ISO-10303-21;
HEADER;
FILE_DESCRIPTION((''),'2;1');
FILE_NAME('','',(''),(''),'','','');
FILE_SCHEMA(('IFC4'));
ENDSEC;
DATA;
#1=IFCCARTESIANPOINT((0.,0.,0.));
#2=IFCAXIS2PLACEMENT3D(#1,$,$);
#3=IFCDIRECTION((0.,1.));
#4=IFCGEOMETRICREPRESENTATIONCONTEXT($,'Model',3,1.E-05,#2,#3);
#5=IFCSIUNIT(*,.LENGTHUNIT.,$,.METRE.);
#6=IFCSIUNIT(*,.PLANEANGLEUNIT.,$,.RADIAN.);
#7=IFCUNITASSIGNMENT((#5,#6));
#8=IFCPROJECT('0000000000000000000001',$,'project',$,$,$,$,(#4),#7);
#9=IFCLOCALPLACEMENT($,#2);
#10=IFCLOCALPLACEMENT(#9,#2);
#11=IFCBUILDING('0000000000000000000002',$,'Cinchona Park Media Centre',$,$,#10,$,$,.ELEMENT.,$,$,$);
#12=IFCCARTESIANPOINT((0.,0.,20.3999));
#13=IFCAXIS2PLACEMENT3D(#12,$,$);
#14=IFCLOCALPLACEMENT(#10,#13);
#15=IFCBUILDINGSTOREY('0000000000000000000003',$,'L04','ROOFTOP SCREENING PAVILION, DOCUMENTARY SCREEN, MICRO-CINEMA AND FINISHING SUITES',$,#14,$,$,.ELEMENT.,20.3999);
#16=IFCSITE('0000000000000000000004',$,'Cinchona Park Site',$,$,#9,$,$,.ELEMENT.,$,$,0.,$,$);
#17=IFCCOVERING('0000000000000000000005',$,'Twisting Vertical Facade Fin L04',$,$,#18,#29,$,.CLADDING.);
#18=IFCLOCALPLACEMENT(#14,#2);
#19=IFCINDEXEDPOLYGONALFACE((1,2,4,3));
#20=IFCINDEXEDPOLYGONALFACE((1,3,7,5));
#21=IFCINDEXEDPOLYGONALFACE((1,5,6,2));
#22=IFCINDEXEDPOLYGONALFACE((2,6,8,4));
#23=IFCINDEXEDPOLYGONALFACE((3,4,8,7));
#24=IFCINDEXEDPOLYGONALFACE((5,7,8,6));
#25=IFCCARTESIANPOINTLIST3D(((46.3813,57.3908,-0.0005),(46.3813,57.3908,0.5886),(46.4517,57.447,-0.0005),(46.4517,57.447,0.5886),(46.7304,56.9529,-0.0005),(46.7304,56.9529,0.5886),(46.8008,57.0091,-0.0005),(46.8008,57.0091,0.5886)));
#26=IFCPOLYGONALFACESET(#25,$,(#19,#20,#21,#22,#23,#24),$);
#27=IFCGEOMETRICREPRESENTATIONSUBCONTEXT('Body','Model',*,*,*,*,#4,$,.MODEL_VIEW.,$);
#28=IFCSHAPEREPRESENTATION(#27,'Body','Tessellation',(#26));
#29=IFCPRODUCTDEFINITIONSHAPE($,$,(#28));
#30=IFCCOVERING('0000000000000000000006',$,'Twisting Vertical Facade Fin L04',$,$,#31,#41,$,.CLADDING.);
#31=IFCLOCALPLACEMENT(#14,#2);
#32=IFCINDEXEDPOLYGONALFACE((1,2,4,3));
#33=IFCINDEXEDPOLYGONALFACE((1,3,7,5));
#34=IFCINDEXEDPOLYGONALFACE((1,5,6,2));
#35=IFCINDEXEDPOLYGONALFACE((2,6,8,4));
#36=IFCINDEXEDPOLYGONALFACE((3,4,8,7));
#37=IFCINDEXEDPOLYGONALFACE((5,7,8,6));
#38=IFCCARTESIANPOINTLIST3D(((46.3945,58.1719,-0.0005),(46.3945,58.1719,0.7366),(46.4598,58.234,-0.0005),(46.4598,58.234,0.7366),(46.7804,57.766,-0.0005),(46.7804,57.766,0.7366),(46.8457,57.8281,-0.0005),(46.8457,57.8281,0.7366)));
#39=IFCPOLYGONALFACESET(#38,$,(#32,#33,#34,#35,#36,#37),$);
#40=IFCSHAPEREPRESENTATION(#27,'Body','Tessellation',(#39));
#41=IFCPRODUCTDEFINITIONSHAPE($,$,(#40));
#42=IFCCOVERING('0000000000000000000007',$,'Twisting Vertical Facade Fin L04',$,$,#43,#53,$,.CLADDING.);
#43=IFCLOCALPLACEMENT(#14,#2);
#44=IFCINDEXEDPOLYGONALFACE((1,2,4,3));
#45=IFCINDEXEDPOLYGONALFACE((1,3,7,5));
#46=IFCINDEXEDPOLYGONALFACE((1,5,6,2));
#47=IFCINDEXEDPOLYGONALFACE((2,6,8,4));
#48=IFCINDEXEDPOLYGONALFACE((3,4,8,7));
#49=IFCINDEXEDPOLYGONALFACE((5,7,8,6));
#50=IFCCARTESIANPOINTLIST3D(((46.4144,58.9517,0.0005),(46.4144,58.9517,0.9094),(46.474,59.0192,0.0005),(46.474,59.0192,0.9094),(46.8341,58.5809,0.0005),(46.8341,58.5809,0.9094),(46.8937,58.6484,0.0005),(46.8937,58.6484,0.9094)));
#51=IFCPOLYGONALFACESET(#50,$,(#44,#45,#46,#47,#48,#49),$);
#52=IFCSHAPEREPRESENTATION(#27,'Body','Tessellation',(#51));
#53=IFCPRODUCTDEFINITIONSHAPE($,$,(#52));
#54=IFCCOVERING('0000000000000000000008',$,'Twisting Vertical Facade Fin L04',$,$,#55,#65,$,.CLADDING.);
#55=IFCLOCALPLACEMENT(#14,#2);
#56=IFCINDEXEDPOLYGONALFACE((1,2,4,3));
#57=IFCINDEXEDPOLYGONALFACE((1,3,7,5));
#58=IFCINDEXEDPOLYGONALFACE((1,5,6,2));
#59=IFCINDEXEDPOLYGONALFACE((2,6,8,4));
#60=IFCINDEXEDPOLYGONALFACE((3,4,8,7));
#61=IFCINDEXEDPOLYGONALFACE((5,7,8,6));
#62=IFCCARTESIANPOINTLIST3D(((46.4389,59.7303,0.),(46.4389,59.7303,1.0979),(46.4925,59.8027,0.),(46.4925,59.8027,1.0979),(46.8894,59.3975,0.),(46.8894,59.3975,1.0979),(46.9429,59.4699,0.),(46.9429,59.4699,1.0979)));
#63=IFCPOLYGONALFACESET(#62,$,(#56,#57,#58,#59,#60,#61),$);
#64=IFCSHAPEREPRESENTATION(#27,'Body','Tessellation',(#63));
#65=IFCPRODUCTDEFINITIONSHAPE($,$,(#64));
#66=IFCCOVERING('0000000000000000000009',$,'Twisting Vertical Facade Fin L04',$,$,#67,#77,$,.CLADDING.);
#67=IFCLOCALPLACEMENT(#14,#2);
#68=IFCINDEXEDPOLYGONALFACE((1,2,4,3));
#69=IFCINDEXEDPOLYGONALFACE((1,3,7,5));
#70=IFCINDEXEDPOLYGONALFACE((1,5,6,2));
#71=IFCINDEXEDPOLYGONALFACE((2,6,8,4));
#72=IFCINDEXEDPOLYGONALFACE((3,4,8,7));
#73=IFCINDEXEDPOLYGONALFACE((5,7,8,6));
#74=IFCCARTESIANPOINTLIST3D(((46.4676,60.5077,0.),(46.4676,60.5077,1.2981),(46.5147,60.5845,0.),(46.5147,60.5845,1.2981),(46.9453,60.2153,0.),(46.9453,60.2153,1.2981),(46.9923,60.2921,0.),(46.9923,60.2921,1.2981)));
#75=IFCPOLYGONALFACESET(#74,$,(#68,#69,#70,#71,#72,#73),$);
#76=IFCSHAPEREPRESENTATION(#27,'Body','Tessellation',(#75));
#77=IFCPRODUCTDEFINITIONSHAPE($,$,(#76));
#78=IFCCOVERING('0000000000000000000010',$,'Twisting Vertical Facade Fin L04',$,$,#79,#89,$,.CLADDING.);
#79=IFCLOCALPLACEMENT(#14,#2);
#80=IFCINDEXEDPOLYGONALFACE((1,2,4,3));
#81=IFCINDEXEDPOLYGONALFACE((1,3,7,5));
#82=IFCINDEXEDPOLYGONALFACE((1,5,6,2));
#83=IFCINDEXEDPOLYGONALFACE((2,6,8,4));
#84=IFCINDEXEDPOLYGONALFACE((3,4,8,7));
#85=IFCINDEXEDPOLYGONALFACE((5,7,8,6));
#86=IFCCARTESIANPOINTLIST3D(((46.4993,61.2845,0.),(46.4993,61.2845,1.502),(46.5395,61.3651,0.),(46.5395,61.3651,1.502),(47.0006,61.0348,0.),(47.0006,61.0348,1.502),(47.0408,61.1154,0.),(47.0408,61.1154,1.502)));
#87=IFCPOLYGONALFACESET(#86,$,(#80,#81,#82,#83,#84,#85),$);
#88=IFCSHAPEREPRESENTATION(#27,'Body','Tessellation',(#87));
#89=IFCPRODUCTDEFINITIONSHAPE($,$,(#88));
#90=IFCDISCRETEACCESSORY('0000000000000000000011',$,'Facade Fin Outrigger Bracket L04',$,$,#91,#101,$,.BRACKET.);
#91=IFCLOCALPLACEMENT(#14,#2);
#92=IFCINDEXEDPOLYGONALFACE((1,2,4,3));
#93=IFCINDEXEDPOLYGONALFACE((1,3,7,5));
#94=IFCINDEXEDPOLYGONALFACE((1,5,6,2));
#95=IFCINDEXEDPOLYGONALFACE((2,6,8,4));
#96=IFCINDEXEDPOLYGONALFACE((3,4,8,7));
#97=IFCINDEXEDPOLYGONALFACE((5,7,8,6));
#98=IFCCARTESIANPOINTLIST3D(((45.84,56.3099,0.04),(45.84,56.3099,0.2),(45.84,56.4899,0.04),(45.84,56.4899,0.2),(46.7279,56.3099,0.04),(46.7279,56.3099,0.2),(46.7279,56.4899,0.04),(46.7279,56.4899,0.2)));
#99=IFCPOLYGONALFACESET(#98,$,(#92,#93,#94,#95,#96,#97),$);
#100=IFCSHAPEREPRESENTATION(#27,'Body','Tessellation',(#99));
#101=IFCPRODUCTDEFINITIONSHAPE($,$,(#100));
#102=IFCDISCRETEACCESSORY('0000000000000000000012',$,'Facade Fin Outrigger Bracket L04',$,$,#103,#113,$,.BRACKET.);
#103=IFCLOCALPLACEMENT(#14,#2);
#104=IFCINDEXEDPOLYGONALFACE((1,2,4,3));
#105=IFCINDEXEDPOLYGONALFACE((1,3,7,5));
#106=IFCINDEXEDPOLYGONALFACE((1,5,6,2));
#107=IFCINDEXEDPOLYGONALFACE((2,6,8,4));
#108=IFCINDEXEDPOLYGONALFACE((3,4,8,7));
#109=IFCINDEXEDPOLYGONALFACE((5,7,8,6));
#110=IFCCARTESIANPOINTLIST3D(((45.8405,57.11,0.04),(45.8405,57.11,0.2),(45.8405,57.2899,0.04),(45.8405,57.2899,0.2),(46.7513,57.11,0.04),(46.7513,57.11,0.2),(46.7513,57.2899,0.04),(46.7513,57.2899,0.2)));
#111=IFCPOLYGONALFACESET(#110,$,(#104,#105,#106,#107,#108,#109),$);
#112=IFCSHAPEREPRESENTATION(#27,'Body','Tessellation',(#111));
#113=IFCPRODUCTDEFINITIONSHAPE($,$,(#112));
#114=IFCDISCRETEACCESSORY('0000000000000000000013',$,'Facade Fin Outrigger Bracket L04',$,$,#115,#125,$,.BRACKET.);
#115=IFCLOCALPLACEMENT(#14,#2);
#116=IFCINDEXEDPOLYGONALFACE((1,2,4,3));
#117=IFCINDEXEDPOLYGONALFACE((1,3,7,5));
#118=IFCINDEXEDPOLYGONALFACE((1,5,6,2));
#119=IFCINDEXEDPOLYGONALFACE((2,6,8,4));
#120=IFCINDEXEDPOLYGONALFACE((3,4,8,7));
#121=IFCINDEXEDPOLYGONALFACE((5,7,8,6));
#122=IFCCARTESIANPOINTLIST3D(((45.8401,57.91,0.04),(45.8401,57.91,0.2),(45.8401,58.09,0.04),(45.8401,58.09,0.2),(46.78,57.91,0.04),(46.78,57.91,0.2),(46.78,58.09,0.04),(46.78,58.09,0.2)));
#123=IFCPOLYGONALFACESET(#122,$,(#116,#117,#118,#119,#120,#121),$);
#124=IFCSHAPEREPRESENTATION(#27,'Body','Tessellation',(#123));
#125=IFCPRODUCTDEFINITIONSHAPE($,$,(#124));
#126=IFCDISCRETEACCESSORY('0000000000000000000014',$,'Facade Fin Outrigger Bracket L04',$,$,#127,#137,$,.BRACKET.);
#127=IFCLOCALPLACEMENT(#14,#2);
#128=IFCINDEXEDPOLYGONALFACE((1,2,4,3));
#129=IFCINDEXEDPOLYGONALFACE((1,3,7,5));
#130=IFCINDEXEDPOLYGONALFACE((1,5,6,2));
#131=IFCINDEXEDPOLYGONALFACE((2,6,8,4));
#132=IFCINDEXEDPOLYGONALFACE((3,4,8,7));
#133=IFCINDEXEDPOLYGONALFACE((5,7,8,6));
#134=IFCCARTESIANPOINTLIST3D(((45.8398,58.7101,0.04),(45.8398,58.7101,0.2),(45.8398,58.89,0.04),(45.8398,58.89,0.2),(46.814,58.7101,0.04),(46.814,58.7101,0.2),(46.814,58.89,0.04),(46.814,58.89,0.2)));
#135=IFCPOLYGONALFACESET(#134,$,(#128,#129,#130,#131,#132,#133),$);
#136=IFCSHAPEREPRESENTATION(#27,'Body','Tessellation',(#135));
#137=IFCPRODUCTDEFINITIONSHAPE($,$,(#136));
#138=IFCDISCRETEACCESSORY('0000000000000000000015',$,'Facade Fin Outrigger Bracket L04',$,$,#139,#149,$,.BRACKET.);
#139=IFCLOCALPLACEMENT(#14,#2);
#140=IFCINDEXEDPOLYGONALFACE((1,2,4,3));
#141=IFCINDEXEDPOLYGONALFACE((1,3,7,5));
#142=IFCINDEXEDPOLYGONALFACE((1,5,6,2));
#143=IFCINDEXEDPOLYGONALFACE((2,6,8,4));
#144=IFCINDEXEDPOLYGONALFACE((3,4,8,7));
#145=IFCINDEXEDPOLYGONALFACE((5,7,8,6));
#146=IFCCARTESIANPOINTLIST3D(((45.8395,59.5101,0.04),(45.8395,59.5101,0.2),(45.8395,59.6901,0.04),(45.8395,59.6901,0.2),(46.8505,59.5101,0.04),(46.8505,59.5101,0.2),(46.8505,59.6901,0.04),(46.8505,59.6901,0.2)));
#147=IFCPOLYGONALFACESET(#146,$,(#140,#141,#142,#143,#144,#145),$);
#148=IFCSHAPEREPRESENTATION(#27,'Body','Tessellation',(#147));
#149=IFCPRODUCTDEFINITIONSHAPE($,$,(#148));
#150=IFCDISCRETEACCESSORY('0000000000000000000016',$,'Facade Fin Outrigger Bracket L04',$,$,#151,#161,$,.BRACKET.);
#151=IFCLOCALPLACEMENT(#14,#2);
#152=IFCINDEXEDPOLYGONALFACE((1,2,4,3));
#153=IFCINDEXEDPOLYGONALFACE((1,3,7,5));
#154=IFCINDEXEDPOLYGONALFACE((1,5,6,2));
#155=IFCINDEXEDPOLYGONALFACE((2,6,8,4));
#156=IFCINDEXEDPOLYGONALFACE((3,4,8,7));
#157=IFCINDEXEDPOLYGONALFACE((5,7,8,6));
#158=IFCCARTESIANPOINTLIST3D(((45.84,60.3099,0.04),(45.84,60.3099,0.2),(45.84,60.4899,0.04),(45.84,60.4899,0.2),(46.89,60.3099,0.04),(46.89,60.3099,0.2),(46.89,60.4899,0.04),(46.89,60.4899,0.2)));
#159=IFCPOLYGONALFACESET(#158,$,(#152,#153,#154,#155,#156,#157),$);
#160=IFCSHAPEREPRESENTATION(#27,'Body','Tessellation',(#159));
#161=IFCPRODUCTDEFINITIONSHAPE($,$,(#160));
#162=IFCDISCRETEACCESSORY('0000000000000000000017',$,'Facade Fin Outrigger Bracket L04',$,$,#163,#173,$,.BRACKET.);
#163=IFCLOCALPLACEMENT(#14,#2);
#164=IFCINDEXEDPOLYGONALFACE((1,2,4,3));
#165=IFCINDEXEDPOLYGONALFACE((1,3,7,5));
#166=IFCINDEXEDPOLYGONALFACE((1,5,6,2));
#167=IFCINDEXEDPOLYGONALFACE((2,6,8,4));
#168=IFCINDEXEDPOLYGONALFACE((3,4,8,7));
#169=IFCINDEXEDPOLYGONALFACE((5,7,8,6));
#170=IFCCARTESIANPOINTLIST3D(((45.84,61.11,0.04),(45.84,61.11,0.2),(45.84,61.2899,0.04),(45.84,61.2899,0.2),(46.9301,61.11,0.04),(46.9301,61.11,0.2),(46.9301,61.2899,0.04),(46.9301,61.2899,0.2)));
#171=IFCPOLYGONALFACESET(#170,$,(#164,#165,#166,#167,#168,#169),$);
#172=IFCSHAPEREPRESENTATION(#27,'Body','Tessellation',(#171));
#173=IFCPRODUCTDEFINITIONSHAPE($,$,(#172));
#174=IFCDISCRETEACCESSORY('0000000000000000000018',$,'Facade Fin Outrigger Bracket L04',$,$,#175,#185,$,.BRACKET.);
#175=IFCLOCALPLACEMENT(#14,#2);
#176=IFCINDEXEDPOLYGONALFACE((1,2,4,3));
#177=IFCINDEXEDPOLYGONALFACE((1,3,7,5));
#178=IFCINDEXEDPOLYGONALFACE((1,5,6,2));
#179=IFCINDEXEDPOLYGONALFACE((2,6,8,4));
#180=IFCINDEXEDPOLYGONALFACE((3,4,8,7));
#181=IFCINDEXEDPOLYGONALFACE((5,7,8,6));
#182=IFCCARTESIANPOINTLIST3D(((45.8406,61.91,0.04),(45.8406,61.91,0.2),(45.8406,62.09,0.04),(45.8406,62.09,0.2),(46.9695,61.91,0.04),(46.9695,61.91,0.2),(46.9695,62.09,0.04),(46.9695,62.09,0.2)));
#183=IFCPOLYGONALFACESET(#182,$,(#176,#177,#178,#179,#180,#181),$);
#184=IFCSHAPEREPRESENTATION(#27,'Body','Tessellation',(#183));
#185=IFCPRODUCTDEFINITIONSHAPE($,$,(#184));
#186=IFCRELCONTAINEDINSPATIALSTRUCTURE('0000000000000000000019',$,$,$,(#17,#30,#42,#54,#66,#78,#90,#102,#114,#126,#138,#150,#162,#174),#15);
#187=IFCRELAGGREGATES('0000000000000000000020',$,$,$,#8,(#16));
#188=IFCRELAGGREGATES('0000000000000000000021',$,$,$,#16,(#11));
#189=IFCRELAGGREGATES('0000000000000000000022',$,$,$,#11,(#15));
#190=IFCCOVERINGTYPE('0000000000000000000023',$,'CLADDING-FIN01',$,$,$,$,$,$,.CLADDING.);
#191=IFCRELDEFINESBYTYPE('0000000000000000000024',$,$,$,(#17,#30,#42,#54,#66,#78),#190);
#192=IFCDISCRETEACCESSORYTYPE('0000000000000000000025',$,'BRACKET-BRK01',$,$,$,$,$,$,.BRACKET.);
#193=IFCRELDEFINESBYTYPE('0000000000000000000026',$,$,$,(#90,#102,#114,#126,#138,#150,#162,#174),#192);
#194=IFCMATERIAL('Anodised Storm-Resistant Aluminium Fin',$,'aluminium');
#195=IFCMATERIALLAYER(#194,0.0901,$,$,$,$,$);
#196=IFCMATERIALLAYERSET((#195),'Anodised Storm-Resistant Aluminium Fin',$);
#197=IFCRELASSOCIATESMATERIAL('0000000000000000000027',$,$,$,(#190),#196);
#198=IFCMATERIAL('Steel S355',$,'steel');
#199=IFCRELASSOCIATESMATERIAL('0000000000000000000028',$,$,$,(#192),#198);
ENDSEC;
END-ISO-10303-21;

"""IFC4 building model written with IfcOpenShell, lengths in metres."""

from ifc_helpers import new_model, si_unit, direction, frame, origin, origin_2d, place, context, subcontext, project, spatial, rectangle, extrude, material, layer, layer_set, type_object, element, save


model = new_model("IFC4")

# Units and contexts
model_context = context("Model", 3, precision=1e-05, world=origin(), true_north=direction((0.0, 1.0)))
body_context = subcontext(model_context, "Body", "Model", "MODEL_VIEW")
ifc_project = project(units=[si_unit("LENGTHUNIT", "METRE"), si_unit("PLANEANGLEUNIT", "RADIAN")], contexts=[model_context])

# Site, building, storey
site_placement = place(None, origin())
site = spatial("IfcSite", under=ifc_project, at=site_placement, Name="Cinchona Park Site", CompositionType="ELEMENT", RefElevation=0.0)
building_placement = place(site_placement, origin())
building = spatial("IfcBuilding", under=site, at=building_placement, Name="Cinchona Park Media Centre", CompositionType="ELEMENT")
storey_placement = place(building_placement, frame((0.0, 0.0, 20.3999)))
storey = spatial("IfcBuildingStorey", under=building, at=storey_placement, Name="L04", Description="ROOFTOP SCREENING PAVILION, DOCUMENTARY SCREEN, MICRO-CINEMA AND FINISHING SUITES", CompositionType="ELEMENT", Elevation=20.3999)

# Coverings
ifc_material_1 = material(Name="Anodised Storm-Resistant Aluminium Fin", Category="aluminium")
ifc_layer_1 = layer(ifc_material_1, 0.0901)
ifc_layer_set_1 = layer_set([ifc_layer_1], Name="Anodised Storm-Resistant Aluminium Fin")
covering_type = type_object("IfcCoveringType", Name="CLADDING-FIN01", PredefinedType="CLADDING", material=ifc_layer_set_1)
covering_1_placement = place(storey_placement, frame((46.5911, 57.2, -0.0005), z_axis=(0.0, 0.0, 1.0), x_axis=(-0.623334, 0.781956, 0.0)))
element("IfcCovering", 1, at=covering_1_placement, inside=storey, type_object=covering_type, Name="Twisting Vertical Facade Fin L04", PredefinedType="CLADDING", context=body_context, shape_type="SweptSolid", body=[
    extrude(rectangle(XDim=0.5601, YDim=0.0901, at=origin_2d()), origin(), (0.0, 0.0, 1.0), 0.5891),
])
covering_2_placement = place(storey_placement, frame((46.6201, 58.0, -0.0005), z_axis=(0.0, 0.0, 1.0), x_axis=(-0.688987, 0.724773, 0.0)))
element("IfcCovering", 2, at=covering_2_placement, inside=storey, type_object=covering_type, Name="Twisting Vertical Facade Fin L04", PredefinedType="CLADDING", context=body_context, shape_type="SweptSolid", body=[
    extrude(rectangle(XDim=0.5601, YDim=0.0901, at=origin_2d()), origin(), (0.0, 0.0, 1.0), 0.7371),
])
covering_3_placement = place(storey_placement, frame((46.6541, 58.8, 0.0005), z_axis=(0.0, 0.0, 1.0), x_axis=(-0.749418, 0.662097, 0.0)))
element("IfcCovering", 3, at=covering_3_placement, inside=storey, type_object=covering_type, Name="Twisting Vertical Facade Fin L04", PredefinedType="CLADDING", context=body_context, shape_type="SweptSolid", body=[
    extrude(rectangle(XDim=0.5601, YDim=0.0901, at=origin_2d()), origin(), (0.0, 0.0, 1.0), 0.9089),
])
covering_4_placement = place(storey_placement, frame((46.6909, 59.6001, 0.0), z_axis=(0.0, 0.0, 1.0), x_axis=(-0.804272, 0.594261, 0.0)))
element("IfcCovering", 4, at=covering_4_placement, inside=storey, type_object=covering_type, Name="Twisting Vertical Facade Fin L04", PredefinedType="CLADDING", context=body_context, shape_type="SweptSolid", body=[
    extrude(rectangle(XDim=0.5601, YDim=0.0901, at=origin_2d()), origin(), (0.0, 0.0, 1.0), 1.0979),
])
covering_5_placement = place(storey_placement, frame((46.73, 60.3999, 0.0), z_axis=(0.0, 0.0, 1.0), x_axis=(-0.852914, 0.522052, 0.0)))
element("IfcCovering", 5, at=covering_5_placement, inside=storey, type_object=covering_type, Name="Twisting Vertical Facade Fin L04", PredefinedType="CLADDING", context=body_context, shape_type="SweptSolid", body=[
    extrude(rectangle(XDim=0.5601, YDim=0.0901, at=origin_2d()), origin(), (0.0, 0.0, 1.0), 1.2981),
])
covering_6_placement = place(storey_placement, frame((46.77, 61.2, 0.0), z_axis=(0.0, 0.0, 1.0), x_axis=(-0.89509, 0.445885, 0.0)))
element("IfcCovering", 6, at=covering_6_placement, inside=storey, type_object=covering_type, Name="Twisting Vertical Facade Fin L04", PredefinedType="CLADDING", context=body_context, shape_type="SweptSolid", body=[
    extrude(rectangle(XDim=0.5601, YDim=0.0901, at=origin_2d()), origin(), (0.0, 0.0, 1.0), 1.502),
])

# Discrete accessories
ifc_material_2 = material(Name="Steel S355", Category="steel")
discrete_accessory_type = type_object("IfcDiscreteAccessoryType", Name="BRACKET-BRK01", PredefinedType="BRACKET", material=ifc_material_2)
discrete_accessory_1_placement = place(storey_placement, frame((46.2839, 56.3999, 0.04), z_axis=(0.0, 0.0, 1.0), x_axis=(0.0, 1.0, 0.0)))
element("IfcDiscreteAccessory", 7, at=discrete_accessory_1_placement, inside=storey, type_object=discrete_accessory_type, Name="Facade Fin Outrigger Bracket L04", PredefinedType="BRACKET", context=body_context, shape_type="SweptSolid", body=[
    extrude(rectangle(XDim=0.1799, YDim=0.8879, at=origin_2d()), origin(), (0.0, 0.0, 1.0), 0.1599),
])
discrete_accessory_2_placement = place(storey_placement, frame((46.2959, 57.2, 0.04), z_axis=(0.0, 0.0, 1.0), x_axis=(0.0, 1.0, 0.0)))
element("IfcDiscreteAccessory", 8, at=discrete_accessory_2_placement, inside=storey, type_object=discrete_accessory_type, Name="Facade Fin Outrigger Bracket L04", PredefinedType="BRACKET", context=body_context, shape_type="SweptSolid", body=[
    extrude(rectangle(XDim=0.1799, YDim=0.9109, at=origin_2d()), origin(), (0.0, 0.0, 1.0), 0.1599),
])
discrete_accessory_3_placement = place(storey_placement, frame((46.3101, 58.0, 0.04), z_axis=(0.0, 0.0, 1.0), x_axis=(0.0, 1.0, 0.0)))
element("IfcDiscreteAccessory", 9, at=discrete_accessory_3_placement, inside=storey, type_object=discrete_accessory_type, Name="Facade Fin Outrigger Bracket L04", PredefinedType="BRACKET", context=body_context, shape_type="SweptSolid", body=[
    extrude(rectangle(XDim=0.1799, YDim=0.9399, at=origin_2d()), origin(), (0.0, 0.0, 1.0), 0.1599),
])
discrete_accessory_4_placement = place(storey_placement, frame((46.3269, 58.8, 0.04), z_axis=(0.0, 0.0, 1.0), x_axis=(0.0, 1.0, 0.0)))
element("IfcDiscreteAccessory", 10, at=discrete_accessory_4_placement, inside=storey, type_object=discrete_accessory_type, Name="Facade Fin Outrigger Bracket L04", PredefinedType="BRACKET", context=body_context, shape_type="SweptSolid", body=[
    extrude(rectangle(XDim=0.1799, YDim=0.9741, at=origin_2d()), origin(), (0.0, 0.0, 1.0), 0.1599),
])
discrete_accessory_5_placement = place(storey_placement, frame((46.345, 59.6001, 0.04), z_axis=(0.0, 0.0, 1.0), x_axis=(0.0, 1.0, 0.0)))
element("IfcDiscreteAccessory", 11, at=discrete_accessory_5_placement, inside=storey, type_object=discrete_accessory_type, Name="Facade Fin Outrigger Bracket L04", PredefinedType="BRACKET", context=body_context, shape_type="SweptSolid", body=[
    extrude(rectangle(XDim=0.1799, YDim=1.011, at=origin_2d()), origin(), (0.0, 0.0, 1.0), 0.1599),
])
discrete_accessory_6_placement = place(storey_placement, frame((46.365, 60.3999, 0.04), z_axis=(0.0, 0.0, 1.0), x_axis=(0.0, 1.0, 0.0)))
element("IfcDiscreteAccessory", 12, at=discrete_accessory_6_placement, inside=storey, type_object=discrete_accessory_type, Name="Facade Fin Outrigger Bracket L04", PredefinedType="BRACKET", context=body_context, shape_type="SweptSolid", body=[
    extrude(rectangle(XDim=0.1799, YDim=1.05, at=origin_2d()), origin(), (0.0, 0.0, 1.0), 0.1599),
])
discrete_accessory_7_placement = place(storey_placement, frame((46.385, 61.2, 0.04), z_axis=(0.0, 0.0, 1.0), x_axis=(0.0, 1.0, 0.0)))
element("IfcDiscreteAccessory", 13, at=discrete_accessory_7_placement, inside=storey, type_object=discrete_accessory_type, Name="Facade Fin Outrigger Bracket L04", PredefinedType="BRACKET", context=body_context, shape_type="SweptSolid", body=[
    extrude(rectangle(XDim=0.1799, YDim=1.0901, at=origin_2d()), origin(), (0.0, 0.0, 1.0), 0.1599),
])
discrete_accessory_8_placement = place(storey_placement, frame((46.405, 62.0, 0.04), z_axis=(0.0, 0.0, 1.0), x_axis=(0.0, 1.0, 0.0)))
element("IfcDiscreteAccessory", 14, at=discrete_accessory_8_placement, inside=storey, type_object=discrete_accessory_type, Name="Facade Fin Outrigger Bracket L04", PredefinedType="BRACKET", context=body_context, shape_type="SweptSolid", body=[
    extrude(rectangle(XDim=0.1799, YDim=1.1289, at=origin_2d()), origin(), (0.0, 0.0, 1.0), 0.1599),
])

save(model, "model.ifc")
